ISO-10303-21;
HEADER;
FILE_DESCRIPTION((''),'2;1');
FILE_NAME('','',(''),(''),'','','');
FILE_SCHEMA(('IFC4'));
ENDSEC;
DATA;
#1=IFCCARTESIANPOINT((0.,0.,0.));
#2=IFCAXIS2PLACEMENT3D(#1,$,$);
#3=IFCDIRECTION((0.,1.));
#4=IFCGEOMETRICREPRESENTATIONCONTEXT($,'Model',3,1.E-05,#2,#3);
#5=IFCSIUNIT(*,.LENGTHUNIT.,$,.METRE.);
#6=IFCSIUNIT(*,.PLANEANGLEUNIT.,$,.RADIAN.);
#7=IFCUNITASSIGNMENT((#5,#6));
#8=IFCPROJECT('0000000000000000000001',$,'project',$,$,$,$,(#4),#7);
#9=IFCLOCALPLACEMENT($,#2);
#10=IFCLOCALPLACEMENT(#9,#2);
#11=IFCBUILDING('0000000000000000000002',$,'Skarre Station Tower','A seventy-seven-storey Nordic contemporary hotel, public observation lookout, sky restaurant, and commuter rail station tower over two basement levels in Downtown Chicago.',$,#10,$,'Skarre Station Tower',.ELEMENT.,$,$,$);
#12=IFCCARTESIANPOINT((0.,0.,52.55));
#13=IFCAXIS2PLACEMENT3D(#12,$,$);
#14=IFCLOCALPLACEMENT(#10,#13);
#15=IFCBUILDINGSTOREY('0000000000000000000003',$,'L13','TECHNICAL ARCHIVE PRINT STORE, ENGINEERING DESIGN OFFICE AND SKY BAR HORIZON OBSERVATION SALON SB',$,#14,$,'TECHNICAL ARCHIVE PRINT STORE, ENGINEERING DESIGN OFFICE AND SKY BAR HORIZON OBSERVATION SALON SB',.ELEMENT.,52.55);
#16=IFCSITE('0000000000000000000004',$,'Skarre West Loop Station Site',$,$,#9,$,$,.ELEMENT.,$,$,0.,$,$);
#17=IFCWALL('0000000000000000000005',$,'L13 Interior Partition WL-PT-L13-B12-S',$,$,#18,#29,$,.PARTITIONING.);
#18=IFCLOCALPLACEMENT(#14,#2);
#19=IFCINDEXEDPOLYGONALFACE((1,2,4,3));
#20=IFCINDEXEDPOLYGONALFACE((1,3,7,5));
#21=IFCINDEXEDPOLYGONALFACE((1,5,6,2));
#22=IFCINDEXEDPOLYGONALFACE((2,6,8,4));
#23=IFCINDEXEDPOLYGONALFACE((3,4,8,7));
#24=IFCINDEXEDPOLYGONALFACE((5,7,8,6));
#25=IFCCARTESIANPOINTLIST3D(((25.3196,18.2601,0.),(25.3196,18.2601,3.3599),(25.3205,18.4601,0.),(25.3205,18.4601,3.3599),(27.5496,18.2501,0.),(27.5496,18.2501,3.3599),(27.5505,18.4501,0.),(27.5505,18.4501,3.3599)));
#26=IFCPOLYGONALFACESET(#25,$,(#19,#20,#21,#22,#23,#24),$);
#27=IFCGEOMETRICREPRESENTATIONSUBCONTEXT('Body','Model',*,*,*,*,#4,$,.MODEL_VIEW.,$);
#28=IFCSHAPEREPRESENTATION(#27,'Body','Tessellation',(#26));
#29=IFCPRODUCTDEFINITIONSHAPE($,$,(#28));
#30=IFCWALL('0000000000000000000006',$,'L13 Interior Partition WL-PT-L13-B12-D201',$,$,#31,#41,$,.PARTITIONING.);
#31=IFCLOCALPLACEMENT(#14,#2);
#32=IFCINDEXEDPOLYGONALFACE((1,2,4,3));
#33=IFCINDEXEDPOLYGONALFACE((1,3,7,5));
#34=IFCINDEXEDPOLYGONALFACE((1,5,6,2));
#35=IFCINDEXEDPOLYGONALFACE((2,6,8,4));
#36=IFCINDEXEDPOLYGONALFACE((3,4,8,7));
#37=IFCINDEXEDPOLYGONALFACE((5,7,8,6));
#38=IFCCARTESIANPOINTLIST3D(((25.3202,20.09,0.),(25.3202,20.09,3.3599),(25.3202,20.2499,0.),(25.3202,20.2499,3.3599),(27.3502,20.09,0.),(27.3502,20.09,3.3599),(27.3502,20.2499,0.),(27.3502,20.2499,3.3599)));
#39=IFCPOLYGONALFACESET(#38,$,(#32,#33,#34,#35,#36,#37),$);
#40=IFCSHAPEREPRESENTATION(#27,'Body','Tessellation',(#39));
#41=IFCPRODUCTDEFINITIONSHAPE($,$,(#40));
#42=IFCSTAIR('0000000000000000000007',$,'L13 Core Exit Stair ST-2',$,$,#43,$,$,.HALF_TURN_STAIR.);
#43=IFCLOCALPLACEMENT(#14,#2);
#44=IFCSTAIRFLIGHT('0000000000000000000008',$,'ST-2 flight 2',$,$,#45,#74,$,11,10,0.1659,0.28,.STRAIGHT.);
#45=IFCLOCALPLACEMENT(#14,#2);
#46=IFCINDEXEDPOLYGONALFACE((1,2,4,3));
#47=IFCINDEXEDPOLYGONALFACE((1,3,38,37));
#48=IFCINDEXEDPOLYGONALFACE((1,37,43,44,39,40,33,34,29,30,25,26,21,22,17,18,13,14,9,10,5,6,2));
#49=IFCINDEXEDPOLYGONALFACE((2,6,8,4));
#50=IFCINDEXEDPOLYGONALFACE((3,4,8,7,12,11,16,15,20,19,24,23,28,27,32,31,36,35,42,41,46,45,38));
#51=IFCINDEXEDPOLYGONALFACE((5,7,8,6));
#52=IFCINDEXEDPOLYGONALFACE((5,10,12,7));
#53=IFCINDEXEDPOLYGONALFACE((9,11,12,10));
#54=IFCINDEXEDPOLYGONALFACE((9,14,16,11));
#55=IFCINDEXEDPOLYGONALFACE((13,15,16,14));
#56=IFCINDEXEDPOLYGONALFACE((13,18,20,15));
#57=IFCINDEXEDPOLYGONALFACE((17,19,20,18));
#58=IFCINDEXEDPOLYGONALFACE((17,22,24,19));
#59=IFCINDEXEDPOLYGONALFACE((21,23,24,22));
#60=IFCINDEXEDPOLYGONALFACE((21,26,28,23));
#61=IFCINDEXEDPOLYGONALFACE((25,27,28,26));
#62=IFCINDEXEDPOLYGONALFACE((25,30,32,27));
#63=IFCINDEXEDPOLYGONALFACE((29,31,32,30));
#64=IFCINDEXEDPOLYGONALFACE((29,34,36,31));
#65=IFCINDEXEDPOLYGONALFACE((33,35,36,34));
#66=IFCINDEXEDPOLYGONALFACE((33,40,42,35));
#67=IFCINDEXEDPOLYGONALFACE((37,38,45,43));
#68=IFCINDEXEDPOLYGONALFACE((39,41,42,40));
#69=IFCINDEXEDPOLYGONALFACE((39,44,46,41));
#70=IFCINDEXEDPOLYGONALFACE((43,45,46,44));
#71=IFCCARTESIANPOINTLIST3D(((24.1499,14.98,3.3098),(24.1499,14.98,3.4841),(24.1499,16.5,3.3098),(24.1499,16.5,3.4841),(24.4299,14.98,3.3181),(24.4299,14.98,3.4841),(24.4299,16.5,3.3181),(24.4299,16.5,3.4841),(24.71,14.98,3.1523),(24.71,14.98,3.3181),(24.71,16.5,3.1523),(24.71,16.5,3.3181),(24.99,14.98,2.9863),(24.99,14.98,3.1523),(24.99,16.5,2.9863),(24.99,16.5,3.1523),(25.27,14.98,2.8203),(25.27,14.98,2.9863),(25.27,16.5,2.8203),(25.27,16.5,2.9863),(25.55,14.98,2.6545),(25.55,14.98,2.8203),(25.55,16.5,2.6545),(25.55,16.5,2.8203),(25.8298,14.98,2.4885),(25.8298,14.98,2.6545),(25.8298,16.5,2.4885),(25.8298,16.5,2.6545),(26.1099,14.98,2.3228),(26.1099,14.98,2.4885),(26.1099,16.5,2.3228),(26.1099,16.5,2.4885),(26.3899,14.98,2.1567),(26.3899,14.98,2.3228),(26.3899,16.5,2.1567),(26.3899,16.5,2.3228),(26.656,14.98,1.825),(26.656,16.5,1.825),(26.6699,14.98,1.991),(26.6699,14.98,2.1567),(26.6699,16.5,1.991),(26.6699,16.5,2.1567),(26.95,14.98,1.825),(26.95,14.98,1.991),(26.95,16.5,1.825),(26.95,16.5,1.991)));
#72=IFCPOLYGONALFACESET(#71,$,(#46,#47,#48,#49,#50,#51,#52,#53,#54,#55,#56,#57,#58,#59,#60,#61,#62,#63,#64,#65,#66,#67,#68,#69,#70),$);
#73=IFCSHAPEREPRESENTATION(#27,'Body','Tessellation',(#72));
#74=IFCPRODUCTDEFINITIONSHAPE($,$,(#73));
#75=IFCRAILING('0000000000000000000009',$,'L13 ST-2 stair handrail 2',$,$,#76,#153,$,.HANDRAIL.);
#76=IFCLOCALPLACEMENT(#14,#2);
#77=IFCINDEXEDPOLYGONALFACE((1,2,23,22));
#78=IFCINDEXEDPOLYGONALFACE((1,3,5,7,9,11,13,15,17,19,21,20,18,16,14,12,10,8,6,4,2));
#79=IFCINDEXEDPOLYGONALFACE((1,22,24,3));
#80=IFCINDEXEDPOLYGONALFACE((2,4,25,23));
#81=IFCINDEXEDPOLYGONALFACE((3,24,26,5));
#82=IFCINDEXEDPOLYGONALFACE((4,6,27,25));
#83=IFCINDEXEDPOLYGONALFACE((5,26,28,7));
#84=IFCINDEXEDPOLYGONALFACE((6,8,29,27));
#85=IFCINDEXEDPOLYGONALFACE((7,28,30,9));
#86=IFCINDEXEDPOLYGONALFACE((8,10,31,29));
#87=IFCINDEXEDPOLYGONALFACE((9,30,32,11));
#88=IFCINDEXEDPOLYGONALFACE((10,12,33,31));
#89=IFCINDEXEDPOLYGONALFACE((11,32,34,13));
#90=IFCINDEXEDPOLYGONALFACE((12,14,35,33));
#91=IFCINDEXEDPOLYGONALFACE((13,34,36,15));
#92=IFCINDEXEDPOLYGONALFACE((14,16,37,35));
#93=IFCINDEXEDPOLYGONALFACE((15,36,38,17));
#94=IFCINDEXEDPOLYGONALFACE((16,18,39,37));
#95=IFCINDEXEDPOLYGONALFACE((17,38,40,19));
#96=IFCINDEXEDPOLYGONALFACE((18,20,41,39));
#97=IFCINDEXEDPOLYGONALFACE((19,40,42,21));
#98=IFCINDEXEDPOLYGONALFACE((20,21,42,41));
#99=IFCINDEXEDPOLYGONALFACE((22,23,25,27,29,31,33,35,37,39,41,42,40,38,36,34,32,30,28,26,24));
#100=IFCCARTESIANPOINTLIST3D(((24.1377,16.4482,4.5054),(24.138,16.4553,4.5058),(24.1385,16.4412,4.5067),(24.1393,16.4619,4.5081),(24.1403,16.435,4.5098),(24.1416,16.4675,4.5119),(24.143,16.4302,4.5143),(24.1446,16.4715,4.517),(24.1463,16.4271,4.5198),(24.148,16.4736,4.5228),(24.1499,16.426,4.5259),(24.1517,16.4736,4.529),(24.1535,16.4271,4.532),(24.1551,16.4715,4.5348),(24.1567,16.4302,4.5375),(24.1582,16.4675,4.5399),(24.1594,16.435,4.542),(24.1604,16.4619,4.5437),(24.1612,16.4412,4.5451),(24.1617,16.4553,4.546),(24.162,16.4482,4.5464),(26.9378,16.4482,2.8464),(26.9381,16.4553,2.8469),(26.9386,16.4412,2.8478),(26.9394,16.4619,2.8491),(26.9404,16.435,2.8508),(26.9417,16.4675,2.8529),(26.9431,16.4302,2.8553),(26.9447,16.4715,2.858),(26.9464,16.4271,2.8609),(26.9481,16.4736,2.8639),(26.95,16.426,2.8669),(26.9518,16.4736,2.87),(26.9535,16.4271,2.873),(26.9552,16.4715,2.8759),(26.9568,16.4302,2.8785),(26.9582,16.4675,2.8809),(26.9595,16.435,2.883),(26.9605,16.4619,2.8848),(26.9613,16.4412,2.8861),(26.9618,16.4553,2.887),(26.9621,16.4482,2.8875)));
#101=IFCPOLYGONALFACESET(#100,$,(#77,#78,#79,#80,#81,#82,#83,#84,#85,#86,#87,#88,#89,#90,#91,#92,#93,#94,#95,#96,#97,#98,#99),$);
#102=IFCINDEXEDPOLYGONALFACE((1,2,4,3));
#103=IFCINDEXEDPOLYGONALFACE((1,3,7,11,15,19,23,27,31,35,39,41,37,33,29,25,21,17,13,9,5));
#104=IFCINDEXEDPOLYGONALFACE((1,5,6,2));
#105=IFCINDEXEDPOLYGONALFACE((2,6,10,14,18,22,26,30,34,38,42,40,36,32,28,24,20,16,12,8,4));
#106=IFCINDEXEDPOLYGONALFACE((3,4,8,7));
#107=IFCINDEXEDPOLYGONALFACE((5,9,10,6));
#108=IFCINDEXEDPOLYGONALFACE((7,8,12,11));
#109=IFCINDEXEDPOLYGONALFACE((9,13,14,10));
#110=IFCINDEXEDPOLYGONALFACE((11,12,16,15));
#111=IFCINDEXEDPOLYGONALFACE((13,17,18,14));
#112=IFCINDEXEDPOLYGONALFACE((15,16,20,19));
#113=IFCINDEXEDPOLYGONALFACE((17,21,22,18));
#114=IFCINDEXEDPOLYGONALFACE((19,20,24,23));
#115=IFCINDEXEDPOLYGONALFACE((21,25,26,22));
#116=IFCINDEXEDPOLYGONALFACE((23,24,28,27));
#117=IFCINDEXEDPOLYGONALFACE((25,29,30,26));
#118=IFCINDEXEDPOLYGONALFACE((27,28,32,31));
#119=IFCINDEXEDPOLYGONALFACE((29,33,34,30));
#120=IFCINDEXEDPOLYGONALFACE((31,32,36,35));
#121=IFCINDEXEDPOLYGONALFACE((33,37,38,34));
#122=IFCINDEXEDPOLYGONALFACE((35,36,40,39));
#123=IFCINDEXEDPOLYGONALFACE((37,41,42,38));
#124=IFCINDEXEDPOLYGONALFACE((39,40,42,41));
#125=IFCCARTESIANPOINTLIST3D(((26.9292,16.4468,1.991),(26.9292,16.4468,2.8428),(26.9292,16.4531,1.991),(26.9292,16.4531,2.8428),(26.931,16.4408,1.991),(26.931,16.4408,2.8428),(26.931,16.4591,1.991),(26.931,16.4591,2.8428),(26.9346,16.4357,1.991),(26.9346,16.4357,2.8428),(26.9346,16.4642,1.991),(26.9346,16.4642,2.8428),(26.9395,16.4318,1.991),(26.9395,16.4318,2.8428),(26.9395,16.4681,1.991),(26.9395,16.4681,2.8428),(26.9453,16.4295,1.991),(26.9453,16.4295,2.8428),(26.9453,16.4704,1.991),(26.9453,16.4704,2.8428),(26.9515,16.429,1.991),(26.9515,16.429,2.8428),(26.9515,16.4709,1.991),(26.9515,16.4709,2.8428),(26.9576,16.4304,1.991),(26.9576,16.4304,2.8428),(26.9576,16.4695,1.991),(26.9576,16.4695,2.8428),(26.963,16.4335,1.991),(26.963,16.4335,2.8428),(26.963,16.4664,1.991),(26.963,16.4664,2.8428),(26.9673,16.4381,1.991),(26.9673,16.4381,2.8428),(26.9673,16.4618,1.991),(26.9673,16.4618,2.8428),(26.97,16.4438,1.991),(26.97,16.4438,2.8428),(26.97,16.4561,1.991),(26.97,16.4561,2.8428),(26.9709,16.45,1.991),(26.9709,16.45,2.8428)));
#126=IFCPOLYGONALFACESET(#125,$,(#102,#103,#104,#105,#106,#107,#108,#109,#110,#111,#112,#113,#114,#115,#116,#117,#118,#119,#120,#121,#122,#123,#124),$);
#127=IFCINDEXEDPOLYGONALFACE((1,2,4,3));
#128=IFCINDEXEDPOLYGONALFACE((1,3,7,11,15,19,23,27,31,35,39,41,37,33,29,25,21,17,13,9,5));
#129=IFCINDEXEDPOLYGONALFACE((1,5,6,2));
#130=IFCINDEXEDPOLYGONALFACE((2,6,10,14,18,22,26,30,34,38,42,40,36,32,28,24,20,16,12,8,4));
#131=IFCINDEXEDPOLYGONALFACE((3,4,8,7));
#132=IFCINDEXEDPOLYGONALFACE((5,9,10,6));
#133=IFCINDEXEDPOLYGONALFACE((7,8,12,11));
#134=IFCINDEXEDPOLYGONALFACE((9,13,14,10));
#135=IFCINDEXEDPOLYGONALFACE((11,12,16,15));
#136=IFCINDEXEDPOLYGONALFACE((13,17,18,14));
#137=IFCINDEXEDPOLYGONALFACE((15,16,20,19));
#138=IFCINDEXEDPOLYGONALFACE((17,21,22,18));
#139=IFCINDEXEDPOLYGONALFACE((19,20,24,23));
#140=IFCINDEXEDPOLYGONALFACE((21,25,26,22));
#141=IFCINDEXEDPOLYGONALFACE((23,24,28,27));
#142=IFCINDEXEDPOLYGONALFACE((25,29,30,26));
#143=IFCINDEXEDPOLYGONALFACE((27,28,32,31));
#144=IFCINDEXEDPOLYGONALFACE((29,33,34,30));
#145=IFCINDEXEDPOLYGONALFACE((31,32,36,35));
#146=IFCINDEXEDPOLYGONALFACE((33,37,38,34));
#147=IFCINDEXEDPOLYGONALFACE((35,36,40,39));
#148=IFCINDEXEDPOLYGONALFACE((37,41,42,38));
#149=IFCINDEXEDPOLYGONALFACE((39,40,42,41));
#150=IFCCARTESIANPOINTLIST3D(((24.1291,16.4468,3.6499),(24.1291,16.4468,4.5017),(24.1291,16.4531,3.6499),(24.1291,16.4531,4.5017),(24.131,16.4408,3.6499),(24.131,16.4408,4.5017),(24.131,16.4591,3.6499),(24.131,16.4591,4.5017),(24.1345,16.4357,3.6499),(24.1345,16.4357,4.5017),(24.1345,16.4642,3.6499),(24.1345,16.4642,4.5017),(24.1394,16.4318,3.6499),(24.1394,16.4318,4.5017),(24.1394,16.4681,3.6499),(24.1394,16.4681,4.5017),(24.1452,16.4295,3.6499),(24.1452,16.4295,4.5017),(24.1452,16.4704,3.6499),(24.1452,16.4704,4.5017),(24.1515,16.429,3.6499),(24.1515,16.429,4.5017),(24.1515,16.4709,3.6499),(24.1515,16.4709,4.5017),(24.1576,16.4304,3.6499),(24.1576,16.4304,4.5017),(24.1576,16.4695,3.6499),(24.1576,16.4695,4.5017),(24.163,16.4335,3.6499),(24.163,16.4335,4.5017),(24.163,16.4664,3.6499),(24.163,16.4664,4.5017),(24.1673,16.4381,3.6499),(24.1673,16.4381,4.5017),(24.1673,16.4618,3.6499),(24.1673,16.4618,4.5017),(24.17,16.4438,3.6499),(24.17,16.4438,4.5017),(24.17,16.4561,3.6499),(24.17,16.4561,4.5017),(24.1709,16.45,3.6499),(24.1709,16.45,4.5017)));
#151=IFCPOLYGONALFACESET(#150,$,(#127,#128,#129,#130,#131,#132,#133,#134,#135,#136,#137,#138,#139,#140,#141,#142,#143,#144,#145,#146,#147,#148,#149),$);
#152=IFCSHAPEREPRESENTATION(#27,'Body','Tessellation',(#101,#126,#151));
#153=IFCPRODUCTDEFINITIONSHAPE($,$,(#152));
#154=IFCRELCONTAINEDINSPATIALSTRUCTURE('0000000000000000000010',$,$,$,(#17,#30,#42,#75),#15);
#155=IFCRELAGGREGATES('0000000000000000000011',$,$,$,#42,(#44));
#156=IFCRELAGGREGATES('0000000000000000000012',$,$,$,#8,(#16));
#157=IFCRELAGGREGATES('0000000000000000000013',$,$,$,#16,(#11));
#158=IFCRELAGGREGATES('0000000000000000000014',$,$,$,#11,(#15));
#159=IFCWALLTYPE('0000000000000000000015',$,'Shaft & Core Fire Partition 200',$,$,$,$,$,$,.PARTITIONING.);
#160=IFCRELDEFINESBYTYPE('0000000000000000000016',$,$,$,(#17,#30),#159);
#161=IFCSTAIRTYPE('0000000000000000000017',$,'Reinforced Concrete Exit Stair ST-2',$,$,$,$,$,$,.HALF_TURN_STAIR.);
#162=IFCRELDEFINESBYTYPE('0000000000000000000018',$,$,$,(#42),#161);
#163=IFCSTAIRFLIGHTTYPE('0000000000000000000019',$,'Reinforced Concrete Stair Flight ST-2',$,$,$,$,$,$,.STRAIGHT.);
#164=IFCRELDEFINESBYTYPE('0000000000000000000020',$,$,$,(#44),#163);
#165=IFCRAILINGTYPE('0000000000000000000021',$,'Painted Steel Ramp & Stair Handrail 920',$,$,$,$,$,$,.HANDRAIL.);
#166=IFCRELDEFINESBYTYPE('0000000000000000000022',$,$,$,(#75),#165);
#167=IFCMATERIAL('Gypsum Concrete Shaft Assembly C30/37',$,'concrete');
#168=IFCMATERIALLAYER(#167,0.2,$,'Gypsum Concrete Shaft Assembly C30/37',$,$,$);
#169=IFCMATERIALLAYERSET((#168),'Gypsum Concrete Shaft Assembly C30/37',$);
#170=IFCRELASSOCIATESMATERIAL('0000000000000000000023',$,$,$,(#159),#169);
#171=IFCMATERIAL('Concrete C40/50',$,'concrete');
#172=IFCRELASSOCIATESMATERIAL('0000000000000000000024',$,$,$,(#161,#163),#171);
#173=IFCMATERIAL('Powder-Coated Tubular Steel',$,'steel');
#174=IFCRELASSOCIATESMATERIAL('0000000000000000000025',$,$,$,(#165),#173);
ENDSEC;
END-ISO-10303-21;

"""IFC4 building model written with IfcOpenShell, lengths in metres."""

from ifc_helpers import new_model, si_unit, direction, frame, frame_2d, origin, origin_2d, place, context, subcontext, project, spatial, polyline, rectangle, circle, outline, extrude, material, layer, layer_set, type_object, element, aggregate, save


model = new_model("IFC4")

# Units and contexts
model_context = context("Model", 3, precision=1e-05, world=origin(), true_north=direction((0.0, 1.0)))
body_context = subcontext(model_context, "Body", "Model", "MODEL_VIEW")
ifc_project = project(units=[si_unit("LENGTHUNIT", "METRE"), si_unit("PLANEANGLEUNIT", "RADIAN")], contexts=[model_context])

# Site, building, storey
site_placement = place(None, origin())
site = spatial("IfcSite", under=ifc_project, at=site_placement, Name="Skarre West Loop Station Site", CompositionType="ELEMENT", RefElevation=0.0)
building_placement = place(site_placement, origin())
building = spatial("IfcBuilding", under=site, at=building_placement, Name="Skarre Station Tower", Description="A seventy-seven-storey Nordic contemporary hotel, public observation lookout, sky restaurant, and commuter rail station tower over two basement levels in Downtown Chicago.", LongName="Skarre Station Tower", CompositionType="ELEMENT")
storey_placement = place(building_placement, frame((0.0, 0.0, 52.55)))
storey = spatial("IfcBuildingStorey", under=building, at=storey_placement, Name="L13", Description="TECHNICAL ARCHIVE PRINT STORE, ENGINEERING DESIGN OFFICE AND SKY BAR HORIZON OBSERVATION SALON SB", LongName="TECHNICAL ARCHIVE PRINT STORE, ENGINEERING DESIGN OFFICE AND SKY BAR HORIZON OBSERVATION SALON SB", CompositionType="ELEMENT", Elevation=52.55)

# Shared definitions
ifc_material_1 = material(Name="Gypsum Concrete Shaft Assembly C30/37", Category="concrete")
ifc_layer_1 = layer(ifc_material_1, 0.2, Name="Gypsum Concrete Shaft Assembly C30/37")
ifc_layer_set_1 = layer_set([ifc_layer_1], Name="Gypsum Concrete Shaft Assembly C30/37")
wall_type_1 = type_object("IfcWallType", Name="Shaft & Core Fire Partition 200", PredefinedType="PARTITIONING", material=ifc_layer_set_1)

# Walls
wall_1_placement = place(storey_placement, frame((25.3201, 18.3601, 0.0), z_axis=(0.0, 0.0, 1.0), x_axis=(0.99999, -0.004489, 0.0)))
element("IfcWall", 1, at=wall_1_placement, inside=storey, type_object=wall_type_1, Name="L13 Interior Partition WL-PT-L13-B12-S", PredefinedType="PARTITIONING", context=body_context, shape_type="SweptSolid", body=[
    extrude(rectangle(XDim=2.23, YDim=0.2, at=frame_2d((1.115, 0.0))), origin(), (0.0, 0.0, 1.0), 3.3599),
])
wall_2_placement = place(storey_placement, frame((25.3201, 20.1699, 0.0), z_axis=(0.0, 0.0, 1.0), x_axis=(1.0, 0.0, 0.0)))
element("IfcWall", 2, at=wall_2_placement, inside=storey, type_object=wall_type_1, Name="L13 Interior Partition WL-PT-L13-B12-D201", PredefinedType="PARTITIONING", context=body_context, shape_type="SweptSolid", body=[
    extrude(rectangle(XDim=2.03, YDim=0.1599, at=frame_2d((1.0151, 0.0))), origin(), (0.0, 0.0, 1.0), 3.3599),
])

# Stair, stair flight
ifc_material_2 = material(Name="Concrete C40/50", Category="concrete")
stair_type = type_object("IfcStairType", Name="Reinforced Concrete Exit Stair ST-2", PredefinedType="HALF_TURN_STAIR", material=ifc_material_2)
stair_placement = place(storey_placement, origin())
stair = element("IfcStair", 3, at=stair_placement, inside=storey, type_object=stair_type, Name="L13 Core Exit Stair ST-2", PredefinedType="HALF_TURN_STAIR")
stair_flight_type = type_object("IfcStairFlightType", Name="Reinforced Concrete Stair Flight ST-2", PredefinedType="STRAIGHT", material=ifc_material_2)
stair_flight_placement = place(storey_placement, frame((26.95, 15.74, 1.825), z_axis=(0.0, 0.0, 1.0), x_axis=(-1.0, 0.0, 0.0)))
stair_flight = element("IfcStairFlight", 4, at=stair_flight_placement, type_object=stair_flight_type, Name="ST-2 flight 2", NumberOfRisers=11, NumberOfTreads=10, PredefinedType="STRAIGHT", RiserHeight=0.1659, TreadLength=0.28, context=body_context, shape_type="SweptSolid", body=[
    extrude(outline(polyline([(0.0, 0.0), (0.0, 0.166), (0.28, 0.166), (0.28, 0.3318), (0.5601, 0.3318), (0.5601, 0.4978), (0.8401, 0.4978), (0.8401, 0.6636), (1.1201, 0.6636), (1.1201, 0.8296), (1.3999, 0.8296), (1.3999, 0.9954), (1.6799, 0.9954), (1.6799, 1.1614), (1.96, 1.1614), (1.96, 1.3274), (2.24, 1.3274), (2.24, 1.4932), (2.52, 1.4932), (2.52, 1.6592), (2.8, 1.6592), (2.8, 1.825), (2.8, 1.4849), (0.2939, 0.0), (0.0, 0.0)])), frame((0.0, 0.76, 0.0), z_axis=(0.0, -1.0, 0.0), x_axis=(1.0, 0.0, 0.0)), (0.0, 0.0, 1.0), 1.52),
])
aggregate(stair, [stair_flight])

# Railing
ifc_material_3 = material(Name="Powder-Coated Tubular Steel", Category="steel")
railing_type_1 = type_object("IfcRailingType", Name="Painted Steel Ramp & Stair Handrail 920", PredefinedType="HANDRAIL", material=ifc_material_3)
railing_1_placement = place(storey_placement, frame((26.95, 16.45, 1.991)))
element("IfcRailing", 5, at=railing_1_placement, inside=storey, type_object=railing_type_1, Name="L13 ST-2 stair handrail 2", PredefinedType="HANDRAIL", context=body_context, shape_type="SweptSolid", body=[
    extrude(circle(Radius=0.0239, at=origin_2d()), frame((0.0, 0.0, 0.876), z_axis=(-0.860339, 0.0, 0.509722), x_axis=(0.0, -1.0, 0.0)), (0.0, 0.0, 1.0), 3.2546),
    extrude(circle(Radius=0.021, at=origin_2d()), origin(), (0.0, 0.0, 1.0), 0.8518),
    extrude(circle(Radius=0.021, at=origin_2d()), frame((-2.8, 0.0, 1.6589)), (0.0, 0.0, 1.0), 0.8518),
])

save(model, "model.ifc")
